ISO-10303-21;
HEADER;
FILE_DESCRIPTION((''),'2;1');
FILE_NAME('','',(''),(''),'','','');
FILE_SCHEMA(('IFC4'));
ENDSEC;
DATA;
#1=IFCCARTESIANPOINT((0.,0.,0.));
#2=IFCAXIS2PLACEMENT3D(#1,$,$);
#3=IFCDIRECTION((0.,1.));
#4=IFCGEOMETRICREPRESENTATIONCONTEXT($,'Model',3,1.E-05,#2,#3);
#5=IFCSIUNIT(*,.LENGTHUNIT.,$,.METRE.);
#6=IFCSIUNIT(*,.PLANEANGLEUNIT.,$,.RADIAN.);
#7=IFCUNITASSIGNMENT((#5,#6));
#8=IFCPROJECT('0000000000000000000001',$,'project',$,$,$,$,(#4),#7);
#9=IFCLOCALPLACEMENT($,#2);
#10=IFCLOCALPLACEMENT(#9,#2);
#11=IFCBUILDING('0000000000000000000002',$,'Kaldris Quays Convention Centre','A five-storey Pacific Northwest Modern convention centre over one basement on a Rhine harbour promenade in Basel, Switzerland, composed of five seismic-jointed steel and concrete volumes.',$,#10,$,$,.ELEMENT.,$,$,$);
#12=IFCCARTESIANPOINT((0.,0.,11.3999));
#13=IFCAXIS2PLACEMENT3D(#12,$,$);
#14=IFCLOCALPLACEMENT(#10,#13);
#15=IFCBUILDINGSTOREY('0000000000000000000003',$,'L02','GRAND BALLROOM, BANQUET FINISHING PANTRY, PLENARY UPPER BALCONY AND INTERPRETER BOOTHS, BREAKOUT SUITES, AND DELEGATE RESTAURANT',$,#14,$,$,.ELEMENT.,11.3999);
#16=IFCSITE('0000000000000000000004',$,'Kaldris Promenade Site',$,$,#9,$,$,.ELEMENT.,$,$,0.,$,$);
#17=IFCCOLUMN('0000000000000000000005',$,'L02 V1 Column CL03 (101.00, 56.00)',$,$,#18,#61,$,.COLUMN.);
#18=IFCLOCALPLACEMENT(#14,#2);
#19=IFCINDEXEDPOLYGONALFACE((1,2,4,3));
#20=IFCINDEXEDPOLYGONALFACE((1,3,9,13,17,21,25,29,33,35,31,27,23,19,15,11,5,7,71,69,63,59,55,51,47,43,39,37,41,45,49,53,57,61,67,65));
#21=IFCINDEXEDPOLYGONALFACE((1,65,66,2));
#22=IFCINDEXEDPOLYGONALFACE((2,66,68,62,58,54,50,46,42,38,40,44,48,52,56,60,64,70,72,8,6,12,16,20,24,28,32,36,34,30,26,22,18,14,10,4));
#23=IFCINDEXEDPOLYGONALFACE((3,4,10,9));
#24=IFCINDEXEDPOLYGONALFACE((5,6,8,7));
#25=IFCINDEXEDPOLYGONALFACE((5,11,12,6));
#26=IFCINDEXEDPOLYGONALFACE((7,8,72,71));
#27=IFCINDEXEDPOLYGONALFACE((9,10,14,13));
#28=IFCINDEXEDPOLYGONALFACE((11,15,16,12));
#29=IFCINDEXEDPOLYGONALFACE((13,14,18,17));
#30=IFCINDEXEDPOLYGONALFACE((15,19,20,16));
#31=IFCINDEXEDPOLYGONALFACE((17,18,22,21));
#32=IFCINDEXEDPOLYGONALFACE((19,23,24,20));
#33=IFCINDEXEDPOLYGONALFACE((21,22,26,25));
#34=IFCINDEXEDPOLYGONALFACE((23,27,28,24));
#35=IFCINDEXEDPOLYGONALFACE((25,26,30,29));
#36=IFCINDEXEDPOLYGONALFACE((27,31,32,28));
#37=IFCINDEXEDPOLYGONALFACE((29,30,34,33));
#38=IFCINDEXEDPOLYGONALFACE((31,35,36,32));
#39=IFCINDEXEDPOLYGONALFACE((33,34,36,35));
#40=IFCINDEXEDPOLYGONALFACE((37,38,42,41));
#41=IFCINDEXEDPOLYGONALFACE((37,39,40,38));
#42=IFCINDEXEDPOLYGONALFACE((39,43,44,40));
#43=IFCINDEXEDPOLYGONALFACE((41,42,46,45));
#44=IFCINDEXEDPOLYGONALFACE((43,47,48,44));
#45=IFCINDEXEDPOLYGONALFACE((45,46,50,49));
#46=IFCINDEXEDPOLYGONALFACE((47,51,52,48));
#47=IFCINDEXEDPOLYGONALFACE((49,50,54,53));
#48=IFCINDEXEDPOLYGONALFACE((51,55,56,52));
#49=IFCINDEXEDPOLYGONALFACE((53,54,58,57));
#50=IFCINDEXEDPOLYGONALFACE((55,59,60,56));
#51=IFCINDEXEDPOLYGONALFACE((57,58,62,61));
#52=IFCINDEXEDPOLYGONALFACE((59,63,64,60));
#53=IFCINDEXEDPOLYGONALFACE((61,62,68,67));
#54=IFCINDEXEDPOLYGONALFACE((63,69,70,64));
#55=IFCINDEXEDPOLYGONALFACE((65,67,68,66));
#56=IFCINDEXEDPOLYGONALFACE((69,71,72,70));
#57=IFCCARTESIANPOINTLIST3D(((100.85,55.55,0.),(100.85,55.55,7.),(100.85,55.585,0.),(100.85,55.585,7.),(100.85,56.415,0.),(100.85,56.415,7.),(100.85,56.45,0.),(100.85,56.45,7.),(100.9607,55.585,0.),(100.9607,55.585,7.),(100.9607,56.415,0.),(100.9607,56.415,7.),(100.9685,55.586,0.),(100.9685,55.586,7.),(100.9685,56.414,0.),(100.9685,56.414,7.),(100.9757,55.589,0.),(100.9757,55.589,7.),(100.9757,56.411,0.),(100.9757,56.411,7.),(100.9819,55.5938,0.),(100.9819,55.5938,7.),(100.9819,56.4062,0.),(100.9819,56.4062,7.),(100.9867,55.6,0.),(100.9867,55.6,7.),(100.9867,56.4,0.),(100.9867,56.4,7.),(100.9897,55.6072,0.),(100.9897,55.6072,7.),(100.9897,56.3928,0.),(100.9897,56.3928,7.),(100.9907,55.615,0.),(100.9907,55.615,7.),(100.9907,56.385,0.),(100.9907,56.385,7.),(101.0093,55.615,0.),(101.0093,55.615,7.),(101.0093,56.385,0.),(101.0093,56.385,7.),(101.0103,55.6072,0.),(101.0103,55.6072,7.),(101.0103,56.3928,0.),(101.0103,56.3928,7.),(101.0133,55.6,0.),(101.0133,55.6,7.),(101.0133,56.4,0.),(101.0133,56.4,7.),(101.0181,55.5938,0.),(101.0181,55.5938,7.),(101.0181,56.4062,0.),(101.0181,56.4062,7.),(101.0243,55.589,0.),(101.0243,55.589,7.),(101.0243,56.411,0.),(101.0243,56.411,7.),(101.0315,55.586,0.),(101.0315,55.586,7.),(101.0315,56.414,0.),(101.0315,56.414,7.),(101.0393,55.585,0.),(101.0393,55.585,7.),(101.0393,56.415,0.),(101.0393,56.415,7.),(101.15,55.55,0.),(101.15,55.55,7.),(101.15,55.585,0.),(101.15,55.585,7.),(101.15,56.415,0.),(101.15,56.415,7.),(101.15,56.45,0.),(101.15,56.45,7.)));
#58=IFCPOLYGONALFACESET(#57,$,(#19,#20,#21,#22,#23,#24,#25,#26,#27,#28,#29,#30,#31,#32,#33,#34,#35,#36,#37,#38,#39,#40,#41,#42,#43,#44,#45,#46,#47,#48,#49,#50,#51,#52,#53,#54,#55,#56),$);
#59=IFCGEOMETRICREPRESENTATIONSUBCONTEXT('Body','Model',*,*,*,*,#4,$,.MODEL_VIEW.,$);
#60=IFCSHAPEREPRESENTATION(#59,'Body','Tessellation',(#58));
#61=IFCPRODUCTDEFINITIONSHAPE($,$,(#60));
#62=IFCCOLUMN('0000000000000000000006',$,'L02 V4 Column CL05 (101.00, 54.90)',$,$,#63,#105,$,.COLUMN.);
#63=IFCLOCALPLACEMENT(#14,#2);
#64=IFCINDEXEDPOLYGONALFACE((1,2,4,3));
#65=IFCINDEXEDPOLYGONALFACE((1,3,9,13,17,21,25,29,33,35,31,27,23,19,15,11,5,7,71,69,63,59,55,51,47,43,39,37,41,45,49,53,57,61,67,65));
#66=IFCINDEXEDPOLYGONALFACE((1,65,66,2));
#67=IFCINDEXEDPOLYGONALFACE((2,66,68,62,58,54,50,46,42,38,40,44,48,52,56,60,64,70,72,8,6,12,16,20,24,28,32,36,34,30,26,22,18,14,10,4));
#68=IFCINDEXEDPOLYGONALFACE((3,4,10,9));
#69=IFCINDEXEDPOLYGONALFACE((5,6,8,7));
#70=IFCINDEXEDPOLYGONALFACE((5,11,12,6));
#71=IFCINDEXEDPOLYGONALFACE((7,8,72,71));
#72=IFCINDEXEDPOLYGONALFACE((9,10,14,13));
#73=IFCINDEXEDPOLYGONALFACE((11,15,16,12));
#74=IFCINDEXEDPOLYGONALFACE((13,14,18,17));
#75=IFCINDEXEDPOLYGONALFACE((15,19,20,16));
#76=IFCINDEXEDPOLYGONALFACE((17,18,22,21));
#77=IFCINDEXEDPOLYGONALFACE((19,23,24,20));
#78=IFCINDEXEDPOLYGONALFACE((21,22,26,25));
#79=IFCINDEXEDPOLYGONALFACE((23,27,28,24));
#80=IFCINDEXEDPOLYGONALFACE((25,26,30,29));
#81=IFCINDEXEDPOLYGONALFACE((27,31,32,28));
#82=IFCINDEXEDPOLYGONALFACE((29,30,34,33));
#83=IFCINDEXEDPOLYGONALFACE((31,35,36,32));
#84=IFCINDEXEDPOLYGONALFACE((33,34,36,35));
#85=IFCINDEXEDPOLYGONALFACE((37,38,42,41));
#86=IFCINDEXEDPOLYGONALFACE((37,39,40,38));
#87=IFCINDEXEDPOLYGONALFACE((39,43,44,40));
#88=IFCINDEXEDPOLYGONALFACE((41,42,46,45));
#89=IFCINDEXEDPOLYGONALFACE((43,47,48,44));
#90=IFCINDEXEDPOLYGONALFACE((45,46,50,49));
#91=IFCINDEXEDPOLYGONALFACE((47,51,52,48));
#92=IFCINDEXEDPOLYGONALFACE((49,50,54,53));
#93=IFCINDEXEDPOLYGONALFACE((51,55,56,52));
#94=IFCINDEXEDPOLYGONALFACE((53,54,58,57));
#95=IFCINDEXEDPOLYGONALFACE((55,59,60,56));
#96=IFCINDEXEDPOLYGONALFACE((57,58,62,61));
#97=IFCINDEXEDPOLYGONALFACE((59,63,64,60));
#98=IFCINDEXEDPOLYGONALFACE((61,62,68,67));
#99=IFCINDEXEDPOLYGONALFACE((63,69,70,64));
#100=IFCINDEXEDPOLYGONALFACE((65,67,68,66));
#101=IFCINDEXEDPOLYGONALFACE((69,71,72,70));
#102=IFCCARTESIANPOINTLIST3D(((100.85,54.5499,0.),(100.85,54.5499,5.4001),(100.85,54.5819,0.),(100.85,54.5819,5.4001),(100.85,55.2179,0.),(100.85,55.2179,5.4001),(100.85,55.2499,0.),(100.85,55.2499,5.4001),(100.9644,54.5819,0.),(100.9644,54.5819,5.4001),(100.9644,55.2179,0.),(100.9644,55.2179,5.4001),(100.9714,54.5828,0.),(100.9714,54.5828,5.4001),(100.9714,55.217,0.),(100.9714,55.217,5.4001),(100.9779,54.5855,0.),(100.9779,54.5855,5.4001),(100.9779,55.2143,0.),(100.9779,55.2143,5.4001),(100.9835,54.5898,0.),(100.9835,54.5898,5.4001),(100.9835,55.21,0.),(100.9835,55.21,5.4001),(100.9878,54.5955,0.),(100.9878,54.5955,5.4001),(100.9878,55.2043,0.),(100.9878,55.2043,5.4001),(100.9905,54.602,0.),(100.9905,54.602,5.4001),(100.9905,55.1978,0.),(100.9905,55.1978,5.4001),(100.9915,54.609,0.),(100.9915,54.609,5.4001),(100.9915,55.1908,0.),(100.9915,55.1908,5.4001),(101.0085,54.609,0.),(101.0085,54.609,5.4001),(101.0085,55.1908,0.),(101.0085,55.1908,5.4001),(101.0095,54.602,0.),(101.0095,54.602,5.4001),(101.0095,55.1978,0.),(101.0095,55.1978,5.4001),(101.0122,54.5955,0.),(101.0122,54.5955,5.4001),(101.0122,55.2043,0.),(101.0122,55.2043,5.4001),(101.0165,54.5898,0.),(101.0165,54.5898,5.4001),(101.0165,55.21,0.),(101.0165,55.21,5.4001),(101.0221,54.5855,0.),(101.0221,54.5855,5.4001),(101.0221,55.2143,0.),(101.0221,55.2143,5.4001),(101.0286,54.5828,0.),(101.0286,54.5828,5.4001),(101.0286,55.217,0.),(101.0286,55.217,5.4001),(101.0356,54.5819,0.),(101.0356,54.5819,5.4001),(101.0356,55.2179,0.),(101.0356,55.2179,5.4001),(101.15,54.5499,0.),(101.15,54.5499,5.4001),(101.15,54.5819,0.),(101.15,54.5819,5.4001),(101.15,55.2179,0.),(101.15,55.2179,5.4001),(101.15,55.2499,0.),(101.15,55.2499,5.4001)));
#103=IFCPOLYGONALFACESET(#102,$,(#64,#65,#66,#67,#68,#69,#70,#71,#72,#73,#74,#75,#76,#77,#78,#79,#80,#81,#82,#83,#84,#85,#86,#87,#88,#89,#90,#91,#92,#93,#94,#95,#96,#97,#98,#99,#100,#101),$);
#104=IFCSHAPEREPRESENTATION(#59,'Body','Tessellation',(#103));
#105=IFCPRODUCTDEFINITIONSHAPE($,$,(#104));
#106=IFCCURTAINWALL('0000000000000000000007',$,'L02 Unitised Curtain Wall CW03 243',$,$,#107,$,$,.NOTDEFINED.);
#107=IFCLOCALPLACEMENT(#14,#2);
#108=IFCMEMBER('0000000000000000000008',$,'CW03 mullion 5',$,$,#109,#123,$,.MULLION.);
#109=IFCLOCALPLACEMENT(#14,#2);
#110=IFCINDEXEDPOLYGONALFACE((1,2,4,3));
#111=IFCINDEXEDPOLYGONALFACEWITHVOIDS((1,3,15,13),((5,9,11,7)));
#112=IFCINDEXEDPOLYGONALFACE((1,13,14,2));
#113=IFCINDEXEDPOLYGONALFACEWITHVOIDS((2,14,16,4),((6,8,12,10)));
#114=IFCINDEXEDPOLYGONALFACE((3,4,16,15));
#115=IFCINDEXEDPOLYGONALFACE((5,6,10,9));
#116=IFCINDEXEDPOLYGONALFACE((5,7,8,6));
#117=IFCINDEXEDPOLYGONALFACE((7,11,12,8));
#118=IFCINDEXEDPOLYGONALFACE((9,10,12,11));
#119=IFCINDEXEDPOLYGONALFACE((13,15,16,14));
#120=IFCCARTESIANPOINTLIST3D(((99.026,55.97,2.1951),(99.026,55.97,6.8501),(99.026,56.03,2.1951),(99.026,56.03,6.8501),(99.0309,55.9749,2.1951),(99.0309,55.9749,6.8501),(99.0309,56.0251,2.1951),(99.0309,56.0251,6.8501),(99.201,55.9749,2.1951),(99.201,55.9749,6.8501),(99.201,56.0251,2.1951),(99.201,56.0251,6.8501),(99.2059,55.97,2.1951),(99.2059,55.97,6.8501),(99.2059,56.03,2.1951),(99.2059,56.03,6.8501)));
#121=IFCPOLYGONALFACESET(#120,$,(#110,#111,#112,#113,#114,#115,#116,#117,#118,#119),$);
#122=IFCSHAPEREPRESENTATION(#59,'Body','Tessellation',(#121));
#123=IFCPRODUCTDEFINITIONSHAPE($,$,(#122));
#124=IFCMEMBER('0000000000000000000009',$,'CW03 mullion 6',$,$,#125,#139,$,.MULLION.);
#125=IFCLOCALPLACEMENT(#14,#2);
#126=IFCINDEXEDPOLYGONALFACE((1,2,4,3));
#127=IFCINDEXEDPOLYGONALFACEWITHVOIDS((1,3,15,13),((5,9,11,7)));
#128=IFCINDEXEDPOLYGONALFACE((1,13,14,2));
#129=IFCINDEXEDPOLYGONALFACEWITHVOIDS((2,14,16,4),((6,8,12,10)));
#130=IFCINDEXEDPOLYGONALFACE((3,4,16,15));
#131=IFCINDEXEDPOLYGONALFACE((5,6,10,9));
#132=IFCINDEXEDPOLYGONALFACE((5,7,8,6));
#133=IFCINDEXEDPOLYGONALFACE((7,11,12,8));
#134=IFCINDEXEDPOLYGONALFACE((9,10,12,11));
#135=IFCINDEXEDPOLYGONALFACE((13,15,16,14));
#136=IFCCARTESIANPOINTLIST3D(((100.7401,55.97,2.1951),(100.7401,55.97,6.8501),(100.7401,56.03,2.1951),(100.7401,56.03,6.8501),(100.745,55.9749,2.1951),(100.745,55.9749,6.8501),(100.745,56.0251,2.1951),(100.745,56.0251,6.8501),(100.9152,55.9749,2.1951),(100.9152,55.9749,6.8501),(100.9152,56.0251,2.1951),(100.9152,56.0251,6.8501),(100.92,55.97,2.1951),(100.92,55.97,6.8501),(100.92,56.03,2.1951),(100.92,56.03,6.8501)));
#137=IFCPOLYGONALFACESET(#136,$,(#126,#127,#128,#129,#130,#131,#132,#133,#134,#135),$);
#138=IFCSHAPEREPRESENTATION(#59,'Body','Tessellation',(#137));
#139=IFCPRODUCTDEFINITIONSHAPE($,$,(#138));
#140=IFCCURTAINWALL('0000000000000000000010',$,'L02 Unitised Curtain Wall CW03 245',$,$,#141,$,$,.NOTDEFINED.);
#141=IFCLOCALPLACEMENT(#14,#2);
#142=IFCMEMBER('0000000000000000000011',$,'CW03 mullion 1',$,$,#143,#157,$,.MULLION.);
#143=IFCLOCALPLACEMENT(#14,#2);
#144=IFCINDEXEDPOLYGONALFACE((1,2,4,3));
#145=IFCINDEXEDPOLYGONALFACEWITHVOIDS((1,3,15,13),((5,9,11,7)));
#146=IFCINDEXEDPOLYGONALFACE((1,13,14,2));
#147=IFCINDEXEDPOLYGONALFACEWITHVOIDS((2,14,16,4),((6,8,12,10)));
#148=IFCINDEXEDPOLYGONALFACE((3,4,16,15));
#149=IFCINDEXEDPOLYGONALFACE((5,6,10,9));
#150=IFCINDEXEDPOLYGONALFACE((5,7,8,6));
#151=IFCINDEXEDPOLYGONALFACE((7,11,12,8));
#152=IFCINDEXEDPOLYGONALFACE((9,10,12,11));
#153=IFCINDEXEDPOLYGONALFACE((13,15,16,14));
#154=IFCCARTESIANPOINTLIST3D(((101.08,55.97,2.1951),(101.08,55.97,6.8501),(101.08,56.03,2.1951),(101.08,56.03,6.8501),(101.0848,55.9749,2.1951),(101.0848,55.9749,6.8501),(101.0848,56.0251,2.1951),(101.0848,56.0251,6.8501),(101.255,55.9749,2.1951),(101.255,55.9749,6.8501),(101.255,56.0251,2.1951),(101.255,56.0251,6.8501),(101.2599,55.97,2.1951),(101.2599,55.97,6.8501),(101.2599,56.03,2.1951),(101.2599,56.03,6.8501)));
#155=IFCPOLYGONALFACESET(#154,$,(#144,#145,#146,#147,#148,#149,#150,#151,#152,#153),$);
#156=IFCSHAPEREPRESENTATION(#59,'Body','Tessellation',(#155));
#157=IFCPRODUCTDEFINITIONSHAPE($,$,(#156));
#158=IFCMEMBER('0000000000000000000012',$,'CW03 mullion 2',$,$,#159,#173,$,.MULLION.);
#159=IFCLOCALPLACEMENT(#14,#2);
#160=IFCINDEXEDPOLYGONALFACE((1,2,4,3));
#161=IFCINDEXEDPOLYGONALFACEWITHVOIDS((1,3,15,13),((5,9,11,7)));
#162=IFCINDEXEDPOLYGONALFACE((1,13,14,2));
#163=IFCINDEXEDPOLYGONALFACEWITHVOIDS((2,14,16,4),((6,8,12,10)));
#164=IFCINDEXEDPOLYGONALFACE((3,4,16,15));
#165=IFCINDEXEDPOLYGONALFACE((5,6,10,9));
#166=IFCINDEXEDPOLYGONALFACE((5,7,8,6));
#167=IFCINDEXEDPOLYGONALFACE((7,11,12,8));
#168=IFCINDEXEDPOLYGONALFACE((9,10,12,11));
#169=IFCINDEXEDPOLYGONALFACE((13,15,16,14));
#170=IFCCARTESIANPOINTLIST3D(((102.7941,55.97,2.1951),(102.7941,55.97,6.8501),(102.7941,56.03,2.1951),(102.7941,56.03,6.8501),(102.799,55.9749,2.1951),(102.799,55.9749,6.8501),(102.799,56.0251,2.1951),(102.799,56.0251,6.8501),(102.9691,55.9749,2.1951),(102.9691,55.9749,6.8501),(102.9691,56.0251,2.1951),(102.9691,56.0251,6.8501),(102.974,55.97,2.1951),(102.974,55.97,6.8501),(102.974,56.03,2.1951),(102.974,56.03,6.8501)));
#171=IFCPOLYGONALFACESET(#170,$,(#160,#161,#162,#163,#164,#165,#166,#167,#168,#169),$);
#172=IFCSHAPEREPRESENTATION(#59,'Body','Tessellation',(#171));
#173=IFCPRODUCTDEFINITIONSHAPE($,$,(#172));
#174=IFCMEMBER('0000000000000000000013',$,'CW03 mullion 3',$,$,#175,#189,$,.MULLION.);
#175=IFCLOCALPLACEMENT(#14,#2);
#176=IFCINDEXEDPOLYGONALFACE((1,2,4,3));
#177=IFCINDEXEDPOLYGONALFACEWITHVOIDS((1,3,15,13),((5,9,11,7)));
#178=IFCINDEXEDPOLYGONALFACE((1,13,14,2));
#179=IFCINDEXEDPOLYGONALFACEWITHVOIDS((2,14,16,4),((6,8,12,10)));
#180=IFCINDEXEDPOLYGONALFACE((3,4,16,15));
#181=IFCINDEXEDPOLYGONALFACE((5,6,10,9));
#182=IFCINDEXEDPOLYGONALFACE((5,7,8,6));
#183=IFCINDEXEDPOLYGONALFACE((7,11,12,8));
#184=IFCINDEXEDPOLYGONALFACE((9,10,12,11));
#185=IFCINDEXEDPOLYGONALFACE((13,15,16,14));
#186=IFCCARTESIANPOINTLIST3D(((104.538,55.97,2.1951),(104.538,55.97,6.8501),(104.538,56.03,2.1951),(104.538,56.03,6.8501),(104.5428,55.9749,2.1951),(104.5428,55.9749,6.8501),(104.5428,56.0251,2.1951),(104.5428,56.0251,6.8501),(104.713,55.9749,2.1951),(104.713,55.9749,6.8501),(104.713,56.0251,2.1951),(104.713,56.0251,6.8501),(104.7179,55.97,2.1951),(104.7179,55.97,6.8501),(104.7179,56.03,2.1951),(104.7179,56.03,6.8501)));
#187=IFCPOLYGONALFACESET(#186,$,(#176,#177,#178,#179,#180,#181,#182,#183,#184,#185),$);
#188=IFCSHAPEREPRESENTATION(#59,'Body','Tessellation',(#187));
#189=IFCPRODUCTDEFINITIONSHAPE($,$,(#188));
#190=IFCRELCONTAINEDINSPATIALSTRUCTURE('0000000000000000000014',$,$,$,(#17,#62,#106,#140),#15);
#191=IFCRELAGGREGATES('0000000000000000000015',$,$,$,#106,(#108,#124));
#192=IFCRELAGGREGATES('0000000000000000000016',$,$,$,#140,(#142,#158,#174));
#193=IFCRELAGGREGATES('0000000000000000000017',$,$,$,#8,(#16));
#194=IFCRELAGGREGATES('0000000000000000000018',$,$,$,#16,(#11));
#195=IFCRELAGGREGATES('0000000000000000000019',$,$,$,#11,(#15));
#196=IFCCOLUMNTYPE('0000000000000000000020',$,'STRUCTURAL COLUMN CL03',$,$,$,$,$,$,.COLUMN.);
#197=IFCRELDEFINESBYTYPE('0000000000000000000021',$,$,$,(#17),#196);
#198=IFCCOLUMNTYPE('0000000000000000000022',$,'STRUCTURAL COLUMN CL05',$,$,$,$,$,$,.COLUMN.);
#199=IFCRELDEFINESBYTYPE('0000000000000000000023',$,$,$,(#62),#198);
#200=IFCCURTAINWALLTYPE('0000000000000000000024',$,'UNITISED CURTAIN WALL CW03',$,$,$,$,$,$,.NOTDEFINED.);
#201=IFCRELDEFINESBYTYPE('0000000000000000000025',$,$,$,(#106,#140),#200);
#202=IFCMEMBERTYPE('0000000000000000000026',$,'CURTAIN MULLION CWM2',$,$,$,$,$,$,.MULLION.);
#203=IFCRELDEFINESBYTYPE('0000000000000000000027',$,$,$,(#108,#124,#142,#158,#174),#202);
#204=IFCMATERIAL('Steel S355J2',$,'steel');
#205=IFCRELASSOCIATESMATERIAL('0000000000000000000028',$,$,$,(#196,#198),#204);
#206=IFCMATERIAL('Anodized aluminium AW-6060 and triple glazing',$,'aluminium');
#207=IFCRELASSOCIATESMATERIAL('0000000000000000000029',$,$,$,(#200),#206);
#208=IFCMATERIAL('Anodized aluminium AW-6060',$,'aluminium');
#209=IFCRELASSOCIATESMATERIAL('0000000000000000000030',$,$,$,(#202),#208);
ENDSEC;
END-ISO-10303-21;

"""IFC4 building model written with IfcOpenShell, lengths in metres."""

from ifc_helpers import new_model, si_unit, direction, frame, origin, origin_2d, place, context, subcontext, project, spatial, hollow_rectangle, i_section, extrude, material, material_profile, profile_set, type_object, element, aggregate, save


model = new_model("IFC4")

# Units and contexts
model_context = context("Model", 3, precision=1e-05, world=origin(), true_north=direction((0.0, 1.0)))
body_context = subcontext(model_context, "Body", "Model", "MODEL_VIEW")
ifc_project = project(units=[si_unit("LENGTHUNIT", "METRE"), si_unit("PLANEANGLEUNIT", "RADIAN")], contexts=[model_context])

# Site, building, storey
site_placement = place(None, origin())
site = spatial("IfcSite", under=ifc_project, at=site_placement, Name="Kaldris Promenade Site", CompositionType="ELEMENT", RefElevation=0.0)
building_placement = place(site_placement, origin())
building = spatial("IfcBuilding", under=site, at=building_placement, Name="Kaldris Quays Convention Centre", Description="A five-storey Pacific Northwest Modern convention centre over one basement on a Rhine harbour promenade in Basel, Switzerland, composed of five seismic-jointed steel and concrete volumes.", CompositionType="ELEMENT")
storey_placement = place(building_placement, frame((0.0, 0.0, 11.3999)))
storey = spatial("IfcBuildingStorey", under=building, at=storey_placement, Name="L02", Description="GRAND BALLROOM, BANQUET FINISHING PANTRY, PLENARY UPPER BALCONY AND INTERPRETER BOOTHS, BREAKOUT SUITES, AND DELEGATE RESTAURANT", CompositionType="ELEMENT", Elevation=11.3999)

# Columns
ifc_material_1 = material(Name="Steel S355J2", Category="steel")
ifc_material_profile_1 = material_profile(ifc_material_1, i_section(OverallWidth=0.3, OverallDepth=0.8999, WebThickness=0.0186, FlangeThickness=0.0349, FilletRadius=0.03, at=origin_2d()), Name="HEB 900")
ifc_profile_set_1 = profile_set([ifc_material_profile_1], Name="Steel S355J2")
column_type_1 = type_object("IfcColumnType", Name="STRUCTURAL COLUMN CL03", PredefinedType="COLUMN", material=ifc_profile_set_1)
column_1_placement = place(storey_placement, frame((101.0, 56.0, 0.0), z_axis=(0.0, 0.0, 1.0), x_axis=(1.0, 0.0, 0.0)))
element("IfcColumn", 1, at=column_1_placement, inside=storey, type_object=column_type_1, Name="L02 V1 Column CL03 (101.00, 56.00)", PredefinedType="COLUMN", context=body_context, shape_type="SweptSolid", body=[
    extrude(i_section(OverallWidth=0.3, OverallDepth=0.8999, WebThickness=0.0186, FlangeThickness=0.0349, FilletRadius=0.03, at=origin_2d()), origin(), (0.0, 0.0, 1.0), 7.0),
])
ifc_material_profile_2 = material_profile(ifc_material_1, i_section(OverallWidth=0.3, OverallDepth=0.7, WebThickness=0.0171, FlangeThickness=0.032, FilletRadius=0.0271, at=origin_2d()), Name="HEB 700")
ifc_profile_set_2 = profile_set([ifc_material_profile_2], Name="Steel S355J2")
column_type_2 = type_object("IfcColumnType", Name="STRUCTURAL COLUMN CL05", PredefinedType="COLUMN", material=ifc_profile_set_2)
column_2_placement = place(storey_placement, frame((101.0, 54.8999, 0.0), z_axis=(0.0, 0.0, 1.0), x_axis=(1.0, 0.0, 0.0)))
element("IfcColumn", 2, at=column_2_placement, inside=storey, type_object=column_type_2, Name="L02 V4 Column CL05 (101.00, 54.90)", PredefinedType="COLUMN", context=body_context, shape_type="SweptSolid", body=[
    extrude(i_section(OverallWidth=0.3, OverallDepth=0.7, WebThickness=0.0171, FlangeThickness=0.032, FilletRadius=0.0271, at=origin_2d()), origin(), (0.0, 0.0, 1.0), 5.4001),
])

# Curtain walls, members
ifc_material_2 = material(Name="Anodized aluminium AW-6060 and triple glazing", Category="aluminium")
curtain_wall_type = type_object("IfcCurtainWallType", Name="UNITISED CURTAIN WALL CW03", PredefinedType="NOTDEFINED", material=ifc_material_2)
curtain_wall_1_placement = place(storey_placement, origin())
curtain_wall_1 = element("IfcCurtainWall", 3, at=curtain_wall_1_placement, inside=storey, type_object=curtain_wall_type, Name="L02 Unitised Curtain Wall CW03 243", PredefinedType="NOTDEFINED")
ifc_material_3 = material(Name="Anodized aluminium AW-6060", Category="aluminium")
ifc_material_profile_3 = material_profile(ifc_material_3, hollow_rectangle(XDim=0.0601, YDim=0.1799, WallThickness=0.0049, at=origin_2d()), Name="RHS 180x60x5")
ifc_profile_set_3 = profile_set([ifc_material_profile_3], Name="Anodized aluminium AW-6060")
member_type_1 = type_object("IfcMemberType", Name="CURTAIN MULLION CWM2", PredefinedType="MULLION", material=ifc_profile_set_3)
member_1_placement = place(storey_placement, frame((99.116, 56.0, 2.1951), z_axis=(0.0, 0.0, 1.0), x_axis=(0.0, 1.0, 0.0)))
member_1 = element("IfcMember", 4, at=member_1_placement, type_object=member_type_1, Name="CW03 mullion 5", PredefinedType="MULLION", context=body_context, shape_type="SweptSolid", body=[
    extrude(hollow_rectangle(XDim=0.0601, YDim=0.1799, WallThickness=0.0049, at=origin_2d()), origin(), (0.0, 0.0, 1.0), 4.655),
])
member_2_placement = place(storey_placement, frame((100.8301, 56.0, 2.1951), z_axis=(0.0, 0.0, 1.0), x_axis=(0.0, 1.0, 0.0)))
member_2 = element("IfcMember", 5, at=member_2_placement, type_object=member_type_1, Name="CW03 mullion 6", PredefinedType="MULLION", context=body_context, shape_type="SweptSolid", body=[
    extrude(hollow_rectangle(XDim=0.0601, YDim=0.1799, WallThickness=0.0049, at=origin_2d()), origin(), (0.0, 0.0, 1.0), 4.655),
])
curtain_wall_2_placement = place(storey_placement, origin())
curtain_wall_2 = element("IfcCurtainWall", 6, at=curtain_wall_2_placement, inside=storey, type_object=curtain_wall_type, Name="L02 Unitised Curtain Wall CW03 245", PredefinedType="NOTDEFINED")
member_3_placement = place(storey_placement, frame((101.1699, 56.0, 2.1951), z_axis=(0.0, 0.0, 1.0), x_axis=(0.0, 1.0, 0.0)))
member_3 = element("IfcMember", 7, at=member_3_placement, type_object=member_type_1, Name="CW03 mullion 1", PredefinedType="MULLION", context=body_context, shape_type="SweptSolid", body=[
    extrude(hollow_rectangle(XDim=0.0601, YDim=0.1799, WallThickness=0.0049, at=origin_2d()), origin(), (0.0, 0.0, 1.0), 4.655),
])
member_4_placement = place(storey_placement, frame((102.884, 56.0, 2.1951), z_axis=(0.0, 0.0, 1.0), x_axis=(0.0, 1.0, 0.0)))
member_4 = element("IfcMember", 8, at=member_4_placement, type_object=member_type_1, Name="CW03 mullion 2", PredefinedType="MULLION", context=body_context, shape_type="SweptSolid", body=[
    extrude(hollow_rectangle(XDim=0.0601, YDim=0.1799, WallThickness=0.0049, at=origin_2d()), origin(), (0.0, 0.0, 1.0), 4.655),
])
member_5_placement = place(storey_placement, frame((104.6279, 56.0, 2.1951), z_axis=(0.0, 0.0, 1.0), x_axis=(0.0, 1.0, 0.0)))
member_5 = element("IfcMember", 9, at=member_5_placement, type_object=member_type_1, Name="CW03 mullion 3", PredefinedType="MULLION", context=body_context, shape_type="SweptSolid", body=[
    extrude(hollow_rectangle(XDim=0.0601, YDim=0.1799, WallThickness=0.0049, at=origin_2d()), origin(), (0.0, 0.0, 1.0), 4.655),
])

aggregate(curtain_wall_1, [member_1, member_2])
aggregate(curtain_wall_2, [member_3, member_4, member_5])

save(model, "model.ifc")
